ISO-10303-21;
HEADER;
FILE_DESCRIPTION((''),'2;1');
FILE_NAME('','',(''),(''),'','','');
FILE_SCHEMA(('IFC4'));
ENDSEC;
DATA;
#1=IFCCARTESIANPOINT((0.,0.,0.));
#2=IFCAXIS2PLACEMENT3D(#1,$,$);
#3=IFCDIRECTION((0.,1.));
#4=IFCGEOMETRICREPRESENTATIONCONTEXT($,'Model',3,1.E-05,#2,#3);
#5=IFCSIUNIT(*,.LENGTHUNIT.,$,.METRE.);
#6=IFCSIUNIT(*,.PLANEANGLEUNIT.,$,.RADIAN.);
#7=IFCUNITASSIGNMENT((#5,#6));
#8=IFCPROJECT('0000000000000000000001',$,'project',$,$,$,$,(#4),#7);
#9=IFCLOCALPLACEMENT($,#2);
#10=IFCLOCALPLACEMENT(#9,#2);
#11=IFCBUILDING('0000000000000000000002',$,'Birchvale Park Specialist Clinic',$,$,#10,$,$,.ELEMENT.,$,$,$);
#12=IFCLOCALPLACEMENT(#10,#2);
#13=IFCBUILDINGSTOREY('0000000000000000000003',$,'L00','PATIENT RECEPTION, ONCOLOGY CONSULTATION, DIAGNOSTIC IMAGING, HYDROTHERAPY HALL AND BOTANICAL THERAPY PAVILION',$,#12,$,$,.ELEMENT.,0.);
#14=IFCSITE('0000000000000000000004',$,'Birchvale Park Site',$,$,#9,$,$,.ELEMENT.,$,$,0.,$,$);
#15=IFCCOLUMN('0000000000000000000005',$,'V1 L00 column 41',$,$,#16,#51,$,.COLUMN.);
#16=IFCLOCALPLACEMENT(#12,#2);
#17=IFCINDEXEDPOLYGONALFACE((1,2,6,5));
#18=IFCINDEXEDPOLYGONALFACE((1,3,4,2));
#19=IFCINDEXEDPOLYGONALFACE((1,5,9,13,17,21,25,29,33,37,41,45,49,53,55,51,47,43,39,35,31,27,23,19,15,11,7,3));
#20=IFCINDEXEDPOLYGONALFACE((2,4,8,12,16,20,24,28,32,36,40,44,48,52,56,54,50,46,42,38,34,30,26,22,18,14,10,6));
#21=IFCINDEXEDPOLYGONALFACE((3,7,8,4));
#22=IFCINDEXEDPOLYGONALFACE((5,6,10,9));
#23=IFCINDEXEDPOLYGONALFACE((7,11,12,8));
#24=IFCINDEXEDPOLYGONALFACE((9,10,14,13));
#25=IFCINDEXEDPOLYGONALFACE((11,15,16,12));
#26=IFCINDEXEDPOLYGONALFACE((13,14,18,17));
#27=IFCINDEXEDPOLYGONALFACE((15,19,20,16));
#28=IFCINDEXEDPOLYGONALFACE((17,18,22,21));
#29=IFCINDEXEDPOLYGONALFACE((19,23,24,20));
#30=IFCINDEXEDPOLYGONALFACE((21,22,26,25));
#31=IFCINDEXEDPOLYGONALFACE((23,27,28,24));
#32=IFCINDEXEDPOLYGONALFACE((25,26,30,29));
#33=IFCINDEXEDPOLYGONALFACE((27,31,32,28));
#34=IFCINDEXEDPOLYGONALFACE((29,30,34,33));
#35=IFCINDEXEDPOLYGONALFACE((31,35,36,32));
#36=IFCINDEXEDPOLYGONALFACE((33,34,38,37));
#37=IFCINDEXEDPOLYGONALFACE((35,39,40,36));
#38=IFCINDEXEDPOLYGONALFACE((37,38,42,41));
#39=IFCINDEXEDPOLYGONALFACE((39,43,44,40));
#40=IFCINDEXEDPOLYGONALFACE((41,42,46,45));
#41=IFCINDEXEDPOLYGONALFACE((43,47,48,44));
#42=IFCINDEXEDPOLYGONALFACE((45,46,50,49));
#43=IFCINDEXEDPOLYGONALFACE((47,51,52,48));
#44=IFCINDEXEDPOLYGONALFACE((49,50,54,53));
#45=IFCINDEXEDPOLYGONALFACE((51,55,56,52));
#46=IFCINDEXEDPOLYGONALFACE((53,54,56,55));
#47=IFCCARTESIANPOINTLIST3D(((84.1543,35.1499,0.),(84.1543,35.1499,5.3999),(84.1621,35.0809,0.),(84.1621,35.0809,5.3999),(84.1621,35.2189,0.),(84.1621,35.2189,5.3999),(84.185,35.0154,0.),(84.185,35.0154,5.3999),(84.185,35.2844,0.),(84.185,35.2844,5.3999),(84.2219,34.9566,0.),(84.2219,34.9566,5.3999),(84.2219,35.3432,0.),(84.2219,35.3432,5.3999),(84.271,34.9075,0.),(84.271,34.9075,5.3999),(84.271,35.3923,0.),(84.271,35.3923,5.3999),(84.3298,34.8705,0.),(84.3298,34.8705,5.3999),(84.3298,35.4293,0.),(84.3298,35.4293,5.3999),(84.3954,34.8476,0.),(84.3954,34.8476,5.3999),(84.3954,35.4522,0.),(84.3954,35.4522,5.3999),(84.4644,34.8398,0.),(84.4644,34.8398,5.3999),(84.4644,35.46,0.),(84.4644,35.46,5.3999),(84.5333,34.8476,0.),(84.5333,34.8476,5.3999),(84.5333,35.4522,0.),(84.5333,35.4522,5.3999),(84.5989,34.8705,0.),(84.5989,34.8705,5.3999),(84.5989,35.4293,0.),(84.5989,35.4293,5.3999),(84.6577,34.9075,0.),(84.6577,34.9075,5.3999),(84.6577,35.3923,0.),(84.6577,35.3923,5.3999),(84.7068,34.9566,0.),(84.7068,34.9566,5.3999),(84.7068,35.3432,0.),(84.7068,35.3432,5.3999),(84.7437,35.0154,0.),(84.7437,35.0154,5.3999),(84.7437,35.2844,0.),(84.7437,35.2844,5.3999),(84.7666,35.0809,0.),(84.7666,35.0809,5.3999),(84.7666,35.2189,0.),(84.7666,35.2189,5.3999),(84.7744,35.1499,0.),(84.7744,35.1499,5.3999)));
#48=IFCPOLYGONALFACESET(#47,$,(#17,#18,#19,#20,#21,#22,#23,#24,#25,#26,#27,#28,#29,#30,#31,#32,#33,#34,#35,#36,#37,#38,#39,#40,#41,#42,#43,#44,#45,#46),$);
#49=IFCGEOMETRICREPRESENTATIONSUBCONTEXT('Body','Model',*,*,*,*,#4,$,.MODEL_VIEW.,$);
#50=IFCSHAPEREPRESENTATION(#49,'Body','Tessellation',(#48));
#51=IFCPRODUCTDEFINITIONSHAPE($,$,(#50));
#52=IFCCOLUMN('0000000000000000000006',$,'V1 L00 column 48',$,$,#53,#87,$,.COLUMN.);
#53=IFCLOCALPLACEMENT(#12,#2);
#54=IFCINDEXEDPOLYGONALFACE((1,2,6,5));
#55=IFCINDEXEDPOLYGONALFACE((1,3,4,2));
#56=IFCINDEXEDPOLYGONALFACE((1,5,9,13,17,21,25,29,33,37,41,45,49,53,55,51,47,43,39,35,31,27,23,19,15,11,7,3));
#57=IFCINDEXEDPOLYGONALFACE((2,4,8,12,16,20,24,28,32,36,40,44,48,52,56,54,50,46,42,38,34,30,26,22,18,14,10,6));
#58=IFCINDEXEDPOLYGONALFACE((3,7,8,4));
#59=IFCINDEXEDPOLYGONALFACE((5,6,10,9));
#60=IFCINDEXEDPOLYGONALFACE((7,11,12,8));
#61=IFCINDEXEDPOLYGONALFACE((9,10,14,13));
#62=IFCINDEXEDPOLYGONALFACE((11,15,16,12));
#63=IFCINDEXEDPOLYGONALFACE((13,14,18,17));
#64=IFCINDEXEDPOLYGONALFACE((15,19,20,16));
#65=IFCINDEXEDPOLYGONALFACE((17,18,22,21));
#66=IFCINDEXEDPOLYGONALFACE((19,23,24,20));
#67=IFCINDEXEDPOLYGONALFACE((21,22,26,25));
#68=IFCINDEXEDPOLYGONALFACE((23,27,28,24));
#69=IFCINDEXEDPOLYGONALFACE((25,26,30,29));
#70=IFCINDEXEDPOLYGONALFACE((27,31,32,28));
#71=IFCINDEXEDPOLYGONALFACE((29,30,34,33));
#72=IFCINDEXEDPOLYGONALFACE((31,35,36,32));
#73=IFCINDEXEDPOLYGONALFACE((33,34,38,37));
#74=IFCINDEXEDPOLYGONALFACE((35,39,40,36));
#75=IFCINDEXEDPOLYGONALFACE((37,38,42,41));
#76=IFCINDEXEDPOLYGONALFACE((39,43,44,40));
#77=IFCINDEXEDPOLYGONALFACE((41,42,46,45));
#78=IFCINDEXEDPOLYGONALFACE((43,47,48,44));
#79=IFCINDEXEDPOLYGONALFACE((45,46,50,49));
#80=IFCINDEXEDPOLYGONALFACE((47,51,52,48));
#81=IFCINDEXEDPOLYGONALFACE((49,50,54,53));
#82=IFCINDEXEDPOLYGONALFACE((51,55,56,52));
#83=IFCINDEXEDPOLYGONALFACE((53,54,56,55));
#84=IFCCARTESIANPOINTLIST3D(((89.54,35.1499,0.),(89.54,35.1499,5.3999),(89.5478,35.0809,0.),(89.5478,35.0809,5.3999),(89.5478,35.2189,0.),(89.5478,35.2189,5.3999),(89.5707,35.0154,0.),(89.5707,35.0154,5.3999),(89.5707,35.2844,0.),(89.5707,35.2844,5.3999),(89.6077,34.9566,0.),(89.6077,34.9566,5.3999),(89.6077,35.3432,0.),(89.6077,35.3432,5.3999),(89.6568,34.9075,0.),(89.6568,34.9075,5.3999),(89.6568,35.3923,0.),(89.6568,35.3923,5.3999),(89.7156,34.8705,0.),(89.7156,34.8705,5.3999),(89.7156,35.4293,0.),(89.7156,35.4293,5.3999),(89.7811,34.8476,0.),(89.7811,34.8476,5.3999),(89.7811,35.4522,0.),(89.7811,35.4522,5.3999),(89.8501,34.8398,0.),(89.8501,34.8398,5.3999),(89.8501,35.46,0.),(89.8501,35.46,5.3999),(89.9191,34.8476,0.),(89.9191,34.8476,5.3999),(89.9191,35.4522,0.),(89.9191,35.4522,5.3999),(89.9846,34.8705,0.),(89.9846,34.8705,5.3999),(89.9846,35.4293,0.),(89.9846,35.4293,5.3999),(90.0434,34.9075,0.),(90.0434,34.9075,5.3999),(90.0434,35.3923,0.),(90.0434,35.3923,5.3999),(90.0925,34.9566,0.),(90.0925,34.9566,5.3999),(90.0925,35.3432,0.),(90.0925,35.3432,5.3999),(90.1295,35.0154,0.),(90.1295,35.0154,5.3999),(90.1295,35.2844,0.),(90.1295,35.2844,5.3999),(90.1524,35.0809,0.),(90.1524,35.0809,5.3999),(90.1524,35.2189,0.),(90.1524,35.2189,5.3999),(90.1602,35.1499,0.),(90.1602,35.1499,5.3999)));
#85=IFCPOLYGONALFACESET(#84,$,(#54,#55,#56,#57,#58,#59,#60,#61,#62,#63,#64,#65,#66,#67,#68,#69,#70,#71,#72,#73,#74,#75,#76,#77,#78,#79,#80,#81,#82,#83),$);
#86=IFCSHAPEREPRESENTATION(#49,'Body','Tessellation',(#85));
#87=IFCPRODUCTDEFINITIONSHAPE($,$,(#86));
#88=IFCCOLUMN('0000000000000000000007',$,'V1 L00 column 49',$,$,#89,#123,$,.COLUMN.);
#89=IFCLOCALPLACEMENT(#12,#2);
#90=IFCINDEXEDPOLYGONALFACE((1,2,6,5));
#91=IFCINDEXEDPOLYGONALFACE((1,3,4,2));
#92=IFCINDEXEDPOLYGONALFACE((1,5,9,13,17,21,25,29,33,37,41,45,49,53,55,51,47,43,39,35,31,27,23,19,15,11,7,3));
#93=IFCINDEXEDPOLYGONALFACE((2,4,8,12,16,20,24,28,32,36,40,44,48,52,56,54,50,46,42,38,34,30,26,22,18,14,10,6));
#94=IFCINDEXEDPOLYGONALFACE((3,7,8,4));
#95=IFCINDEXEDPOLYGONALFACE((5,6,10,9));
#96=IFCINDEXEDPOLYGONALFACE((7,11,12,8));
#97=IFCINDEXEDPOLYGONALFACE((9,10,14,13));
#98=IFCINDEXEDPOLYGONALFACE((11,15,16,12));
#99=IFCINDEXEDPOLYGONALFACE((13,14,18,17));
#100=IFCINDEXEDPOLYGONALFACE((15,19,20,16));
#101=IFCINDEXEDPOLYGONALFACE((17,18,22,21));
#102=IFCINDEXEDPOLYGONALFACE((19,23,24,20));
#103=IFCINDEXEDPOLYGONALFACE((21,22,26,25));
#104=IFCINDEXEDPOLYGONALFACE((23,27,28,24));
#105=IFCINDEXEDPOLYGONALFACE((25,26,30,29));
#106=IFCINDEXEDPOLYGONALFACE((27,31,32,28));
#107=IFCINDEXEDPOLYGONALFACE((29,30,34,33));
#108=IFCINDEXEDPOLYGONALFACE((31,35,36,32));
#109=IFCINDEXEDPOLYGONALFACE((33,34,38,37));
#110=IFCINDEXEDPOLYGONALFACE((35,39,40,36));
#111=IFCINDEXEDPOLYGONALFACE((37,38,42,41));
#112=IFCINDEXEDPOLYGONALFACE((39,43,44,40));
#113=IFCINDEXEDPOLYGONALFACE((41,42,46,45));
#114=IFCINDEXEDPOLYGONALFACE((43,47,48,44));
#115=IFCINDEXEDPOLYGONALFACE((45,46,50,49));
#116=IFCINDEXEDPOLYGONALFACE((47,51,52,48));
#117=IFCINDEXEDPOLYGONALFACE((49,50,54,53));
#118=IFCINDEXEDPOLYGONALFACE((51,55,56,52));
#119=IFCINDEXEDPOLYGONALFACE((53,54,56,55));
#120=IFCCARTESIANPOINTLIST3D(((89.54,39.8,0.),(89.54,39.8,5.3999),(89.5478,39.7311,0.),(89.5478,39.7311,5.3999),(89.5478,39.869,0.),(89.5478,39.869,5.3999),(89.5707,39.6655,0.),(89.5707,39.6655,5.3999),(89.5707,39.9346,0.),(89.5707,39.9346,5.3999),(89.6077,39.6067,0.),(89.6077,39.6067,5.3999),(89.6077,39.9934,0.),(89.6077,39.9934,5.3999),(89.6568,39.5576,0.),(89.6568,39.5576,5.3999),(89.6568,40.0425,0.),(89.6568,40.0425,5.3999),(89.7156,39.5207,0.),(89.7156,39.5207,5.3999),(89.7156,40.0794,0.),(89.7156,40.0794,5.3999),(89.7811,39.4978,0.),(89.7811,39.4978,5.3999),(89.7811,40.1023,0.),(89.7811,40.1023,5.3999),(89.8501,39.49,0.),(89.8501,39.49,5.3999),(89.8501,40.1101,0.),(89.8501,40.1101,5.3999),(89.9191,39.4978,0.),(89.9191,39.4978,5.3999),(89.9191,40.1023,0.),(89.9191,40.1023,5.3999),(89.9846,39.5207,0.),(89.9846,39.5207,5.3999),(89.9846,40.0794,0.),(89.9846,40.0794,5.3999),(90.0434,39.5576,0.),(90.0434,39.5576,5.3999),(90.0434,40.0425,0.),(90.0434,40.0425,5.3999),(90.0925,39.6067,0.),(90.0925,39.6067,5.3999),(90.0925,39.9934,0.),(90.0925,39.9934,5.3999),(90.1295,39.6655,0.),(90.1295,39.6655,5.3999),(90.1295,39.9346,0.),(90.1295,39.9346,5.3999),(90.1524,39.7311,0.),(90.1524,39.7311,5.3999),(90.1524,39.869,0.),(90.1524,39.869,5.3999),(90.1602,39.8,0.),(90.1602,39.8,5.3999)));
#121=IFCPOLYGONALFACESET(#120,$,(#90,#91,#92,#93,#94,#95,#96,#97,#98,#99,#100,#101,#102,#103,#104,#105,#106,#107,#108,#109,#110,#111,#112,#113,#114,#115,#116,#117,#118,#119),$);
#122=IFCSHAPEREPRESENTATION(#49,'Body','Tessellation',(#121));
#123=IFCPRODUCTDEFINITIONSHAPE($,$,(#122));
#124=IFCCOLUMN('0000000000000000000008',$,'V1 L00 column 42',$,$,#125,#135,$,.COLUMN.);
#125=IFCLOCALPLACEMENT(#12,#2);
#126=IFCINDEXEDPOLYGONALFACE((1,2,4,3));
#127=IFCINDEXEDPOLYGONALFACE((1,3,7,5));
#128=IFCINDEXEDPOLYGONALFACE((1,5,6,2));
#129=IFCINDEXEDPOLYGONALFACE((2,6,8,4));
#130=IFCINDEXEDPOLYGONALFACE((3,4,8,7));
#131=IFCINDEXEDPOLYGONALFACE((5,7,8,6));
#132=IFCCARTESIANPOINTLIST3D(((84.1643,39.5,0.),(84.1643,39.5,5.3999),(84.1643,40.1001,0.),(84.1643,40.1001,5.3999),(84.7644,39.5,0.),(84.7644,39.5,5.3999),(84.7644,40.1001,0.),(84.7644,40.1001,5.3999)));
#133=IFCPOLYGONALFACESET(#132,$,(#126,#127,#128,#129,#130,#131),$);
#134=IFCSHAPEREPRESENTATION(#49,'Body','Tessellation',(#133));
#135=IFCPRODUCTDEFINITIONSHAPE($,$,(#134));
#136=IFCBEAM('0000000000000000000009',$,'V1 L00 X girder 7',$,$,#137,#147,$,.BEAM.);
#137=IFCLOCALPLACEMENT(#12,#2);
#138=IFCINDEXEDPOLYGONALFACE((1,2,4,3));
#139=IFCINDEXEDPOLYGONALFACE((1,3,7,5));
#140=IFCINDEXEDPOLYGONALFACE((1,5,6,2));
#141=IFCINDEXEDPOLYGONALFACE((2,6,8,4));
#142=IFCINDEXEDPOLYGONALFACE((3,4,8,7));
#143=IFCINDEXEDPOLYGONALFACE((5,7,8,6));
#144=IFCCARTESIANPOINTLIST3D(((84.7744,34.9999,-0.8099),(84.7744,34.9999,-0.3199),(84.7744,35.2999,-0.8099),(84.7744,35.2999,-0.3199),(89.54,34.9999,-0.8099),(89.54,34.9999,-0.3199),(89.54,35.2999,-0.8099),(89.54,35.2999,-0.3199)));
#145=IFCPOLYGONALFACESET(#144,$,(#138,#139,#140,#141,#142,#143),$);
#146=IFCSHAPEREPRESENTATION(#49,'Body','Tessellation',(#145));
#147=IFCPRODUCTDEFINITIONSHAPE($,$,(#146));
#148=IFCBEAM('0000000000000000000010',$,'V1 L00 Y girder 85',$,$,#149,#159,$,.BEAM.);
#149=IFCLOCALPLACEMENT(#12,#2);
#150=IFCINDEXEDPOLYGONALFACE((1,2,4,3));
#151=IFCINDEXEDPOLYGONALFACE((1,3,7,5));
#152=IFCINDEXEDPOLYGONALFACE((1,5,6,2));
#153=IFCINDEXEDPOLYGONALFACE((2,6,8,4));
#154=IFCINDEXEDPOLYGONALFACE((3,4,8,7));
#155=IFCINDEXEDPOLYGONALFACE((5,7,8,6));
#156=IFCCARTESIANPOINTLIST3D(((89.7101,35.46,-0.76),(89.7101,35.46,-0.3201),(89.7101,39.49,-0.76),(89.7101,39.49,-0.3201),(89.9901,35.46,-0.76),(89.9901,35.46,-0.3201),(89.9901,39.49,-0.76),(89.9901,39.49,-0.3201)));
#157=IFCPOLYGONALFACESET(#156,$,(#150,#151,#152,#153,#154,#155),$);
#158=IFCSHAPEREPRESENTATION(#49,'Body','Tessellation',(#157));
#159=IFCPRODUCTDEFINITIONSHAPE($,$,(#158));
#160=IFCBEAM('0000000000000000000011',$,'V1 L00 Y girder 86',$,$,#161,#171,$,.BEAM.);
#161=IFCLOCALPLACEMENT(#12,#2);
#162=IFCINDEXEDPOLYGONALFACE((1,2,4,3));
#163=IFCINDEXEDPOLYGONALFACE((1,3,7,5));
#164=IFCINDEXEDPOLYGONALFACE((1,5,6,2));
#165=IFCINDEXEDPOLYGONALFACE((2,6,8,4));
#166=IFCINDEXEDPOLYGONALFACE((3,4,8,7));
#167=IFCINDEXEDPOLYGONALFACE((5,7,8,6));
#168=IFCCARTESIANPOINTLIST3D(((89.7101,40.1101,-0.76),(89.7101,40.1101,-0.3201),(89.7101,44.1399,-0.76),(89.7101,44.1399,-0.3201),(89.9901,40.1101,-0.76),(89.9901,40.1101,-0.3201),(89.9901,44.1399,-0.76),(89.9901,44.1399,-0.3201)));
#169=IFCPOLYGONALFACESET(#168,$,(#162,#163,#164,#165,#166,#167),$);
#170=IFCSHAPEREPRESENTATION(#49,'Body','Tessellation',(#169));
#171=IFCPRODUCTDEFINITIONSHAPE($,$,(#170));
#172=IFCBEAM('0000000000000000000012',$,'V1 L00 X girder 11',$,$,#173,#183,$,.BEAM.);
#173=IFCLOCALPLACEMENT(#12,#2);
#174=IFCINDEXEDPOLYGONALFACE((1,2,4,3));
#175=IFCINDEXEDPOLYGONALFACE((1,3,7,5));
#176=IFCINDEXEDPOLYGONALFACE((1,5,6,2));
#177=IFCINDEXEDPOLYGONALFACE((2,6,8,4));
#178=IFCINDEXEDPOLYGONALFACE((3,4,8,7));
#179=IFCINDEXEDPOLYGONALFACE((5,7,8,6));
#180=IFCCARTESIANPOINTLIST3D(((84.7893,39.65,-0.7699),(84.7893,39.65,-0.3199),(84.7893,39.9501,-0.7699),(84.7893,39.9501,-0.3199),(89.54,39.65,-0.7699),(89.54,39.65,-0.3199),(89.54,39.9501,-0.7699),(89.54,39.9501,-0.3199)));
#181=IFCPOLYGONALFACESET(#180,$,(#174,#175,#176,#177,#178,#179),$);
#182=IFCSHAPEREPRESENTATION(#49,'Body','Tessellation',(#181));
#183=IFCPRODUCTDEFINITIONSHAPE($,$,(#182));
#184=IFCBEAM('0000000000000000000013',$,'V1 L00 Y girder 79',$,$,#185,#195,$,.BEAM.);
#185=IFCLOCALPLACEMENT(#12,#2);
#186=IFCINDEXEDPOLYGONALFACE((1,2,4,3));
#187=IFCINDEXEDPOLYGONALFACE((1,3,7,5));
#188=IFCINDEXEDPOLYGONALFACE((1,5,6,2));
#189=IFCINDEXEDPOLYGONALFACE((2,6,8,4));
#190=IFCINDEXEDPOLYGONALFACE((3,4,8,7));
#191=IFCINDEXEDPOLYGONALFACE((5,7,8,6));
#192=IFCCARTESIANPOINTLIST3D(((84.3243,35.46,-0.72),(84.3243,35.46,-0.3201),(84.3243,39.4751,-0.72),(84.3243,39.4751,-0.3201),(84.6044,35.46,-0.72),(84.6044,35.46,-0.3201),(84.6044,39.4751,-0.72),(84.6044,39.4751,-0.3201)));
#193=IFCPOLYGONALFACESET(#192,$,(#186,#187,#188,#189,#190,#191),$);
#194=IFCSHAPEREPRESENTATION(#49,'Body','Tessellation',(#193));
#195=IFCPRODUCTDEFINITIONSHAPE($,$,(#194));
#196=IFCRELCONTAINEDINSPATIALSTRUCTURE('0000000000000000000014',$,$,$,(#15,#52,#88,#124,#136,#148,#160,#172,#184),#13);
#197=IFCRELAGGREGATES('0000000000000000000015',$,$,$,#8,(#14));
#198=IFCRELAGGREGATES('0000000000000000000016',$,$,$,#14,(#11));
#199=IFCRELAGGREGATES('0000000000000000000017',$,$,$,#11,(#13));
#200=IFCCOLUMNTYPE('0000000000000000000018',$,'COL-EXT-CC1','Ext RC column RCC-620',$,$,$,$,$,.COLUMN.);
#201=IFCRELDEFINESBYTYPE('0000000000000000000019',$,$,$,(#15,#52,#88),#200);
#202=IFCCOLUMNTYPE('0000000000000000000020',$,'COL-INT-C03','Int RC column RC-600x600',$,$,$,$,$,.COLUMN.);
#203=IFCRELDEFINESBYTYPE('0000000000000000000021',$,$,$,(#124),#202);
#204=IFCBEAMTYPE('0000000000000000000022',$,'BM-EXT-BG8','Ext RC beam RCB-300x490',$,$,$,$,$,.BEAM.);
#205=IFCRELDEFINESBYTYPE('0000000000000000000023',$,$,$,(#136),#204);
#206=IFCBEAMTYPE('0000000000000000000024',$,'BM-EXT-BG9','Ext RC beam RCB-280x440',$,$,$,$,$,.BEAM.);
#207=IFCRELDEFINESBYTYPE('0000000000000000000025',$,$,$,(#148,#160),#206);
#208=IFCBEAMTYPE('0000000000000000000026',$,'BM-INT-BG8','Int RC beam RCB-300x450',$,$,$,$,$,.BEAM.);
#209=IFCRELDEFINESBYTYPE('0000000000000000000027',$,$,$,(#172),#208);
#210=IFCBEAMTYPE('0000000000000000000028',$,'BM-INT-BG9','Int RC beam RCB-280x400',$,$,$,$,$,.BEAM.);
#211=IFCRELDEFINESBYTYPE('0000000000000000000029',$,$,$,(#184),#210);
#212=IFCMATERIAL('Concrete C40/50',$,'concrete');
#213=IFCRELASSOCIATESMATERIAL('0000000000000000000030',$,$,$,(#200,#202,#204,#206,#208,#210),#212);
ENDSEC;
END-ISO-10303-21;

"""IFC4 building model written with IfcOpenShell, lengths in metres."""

from ifc_helpers import new_model, si_unit, direction, frame, origin, origin_2d, place, context, subcontext, project, spatial, rectangle, circle, extrude, material, material_profile, profile_set, type_object, element, save


model = new_model("IFC4")

# Units and contexts
model_context = context("Model", 3, precision=1e-05, world=origin(), true_north=direction((0.0, 1.0)))
body_context = subcontext(model_context, "Body", "Model", "MODEL_VIEW")
ifc_project = project(units=[si_unit("LENGTHUNIT", "METRE"), si_unit("PLANEANGLEUNIT", "RADIAN")], contexts=[model_context])

# Site, building, storey
site_placement = place(None, origin())
site = spatial("IfcSite", under=ifc_project, at=site_placement, Name="Birchvale Park Site", CompositionType="ELEMENT", RefElevation=0.0)
building_placement = place(site_placement, origin())
building = spatial("IfcBuilding", under=site, at=building_placement, Name="Birchvale Park Specialist Clinic", CompositionType="ELEMENT")
storey_placement = place(building_placement, origin())
storey = spatial("IfcBuildingStorey", under=building, at=storey_placement, Name="L00", Description="PATIENT RECEPTION, ONCOLOGY CONSULTATION, DIAGNOSTIC IMAGING, HYDROTHERAPY HALL AND BOTANICAL THERAPY PAVILION", CompositionType="ELEMENT", Elevation=0.0)

# Columns
ifc_material_1 = material(Name="Concrete C40/50", Category="concrete")
ifc_material_profile_1 = material_profile(ifc_material_1, circle(Radius=0.3101, at=origin_2d()), Name="RCC-620")
ifc_profile_set_1 = profile_set([ifc_material_profile_1], Name="Concrete C40/50")
column_type_1 = type_object("IfcColumnType", Name="COL-EXT-CC1", Description="Ext RC column RCC-620", PredefinedType="COLUMN", material=ifc_profile_set_1)
for number, where, z_axis, x_axis, name in (
    (1, (84.4644, 35.1499, 0.0), (0.0, 0.0, 1.0), (1.0, 0.0, 0.0), "V1 L00 column 41"),
    (2, (89.8501, 35.1499, 0.0), (0.0, 0.0, 1.0), (1.0, 0.0, 0.0), "V1 L00 column 48"),
    (3, (89.8501, 39.8, 0.0), (0.0, 0.0, 1.0), (1.0, 0.0, 0.0), "V1 L00 column 49"),
):
    element("IfcColumn", number, at=place(storey_placement, frame(where, z_axis=z_axis, x_axis=x_axis)), inside=storey, type_object=column_type_1, Name=name, PredefinedType="COLUMN", context=body_context, shape_type="SweptSolid", body=[
        extrude(circle(Radius=0.3101, at=origin_2d()), origin(), (0.0, 0.0, 1.0), 5.3999),
    ])
ifc_material_profile_2 = material_profile(ifc_material_1, rectangle(XDim=0.6001, YDim=0.6001, at=origin_2d()), Name="RC-600x600")
ifc_profile_set_2 = profile_set([ifc_material_profile_2], Name="Concrete C40/50")
column_type_2 = type_object("IfcColumnType", Name="COL-INT-C03", Description="Int RC column RC-600x600", PredefinedType="COLUMN", material=ifc_profile_set_2)
column_placement = place(storey_placement, frame((84.4644, 39.8, 0.0), z_axis=(0.0, 0.0, 1.0), x_axis=(1.0, 0.0, 0.0)))
element("IfcColumn", 4, at=column_placement, inside=storey, type_object=column_type_2, Name="V1 L00 column 42", PredefinedType="COLUMN", context=body_context, shape_type="SweptSolid", body=[
    extrude(rectangle(XDim=0.6001, YDim=0.6001, at=origin_2d()), origin(), (0.0, 0.0, 1.0), 5.3999),
])

# Beams
ifc_material_profile_3 = material_profile(ifc_material_1, rectangle(XDim=0.3, YDim=0.49, at=origin_2d()), Name="RCB-300x490")
ifc_profile_set_3 = profile_set([ifc_material_profile_3], Name="Concrete C40/50")
beam_type_1 = type_object("IfcBeamType", Name="BM-EXT-BG8", Description="Ext RC beam RCB-300x490", PredefinedType="BEAM", material=ifc_profile_set_3)
beam_1_placement = place(storey_placement, frame((84.7744, 35.1499, -0.5649), z_axis=(1.0, 0.0, 0.0), x_axis=(0.0, 1.0, 0.0)))
element("IfcBeam", 5, at=beam_1_placement, inside=storey, type_object=beam_type_1, Name="V1 L00 X girder 7", PredefinedType="BEAM", context=body_context, shape_type="SweptSolid", body=[
    extrude(rectangle(XDim=0.3, YDim=0.49, at=origin_2d()), origin(), (0.0, 0.0, 1.0), 4.7656),
])
ifc_material_profile_4 = material_profile(ifc_material_1, rectangle(XDim=0.28, YDim=0.4399, at=origin_2d()), Name="RCB-280x440")
ifc_profile_set_4 = profile_set([ifc_material_profile_4], Name="Concrete C40/50")
beam_type_2 = type_object("IfcBeamType", Name="BM-EXT-BG9", Description="Ext RC beam RCB-280x440", PredefinedType="BEAM", material=ifc_profile_set_4)
beam_2_placement = place(storey_placement, frame((89.8501, 35.46, -0.54), z_axis=(0.0, 1.0, 0.0), x_axis=(-1.0, 0.0, 0.0)))
element("IfcBeam", 6, at=beam_2_placement, inside=storey, type_object=beam_type_2, Name="V1 L00 Y girder 85", PredefinedType="BEAM", context=body_context, shape_type="SweptSolid", body=[
    extrude(rectangle(XDim=0.28, YDim=0.4399, at=origin_2d()), origin(), (0.0, 0.0, 1.0), 4.03),
])
beam_3_placement = place(storey_placement, frame((89.8501, 40.1101, -0.54), z_axis=(0.0, 1.0, 0.0), x_axis=(-1.0, 0.0, 0.0)))
element("IfcBeam", 7, at=beam_3_placement, inside=storey, type_object=beam_type_2, Name="V1 L00 Y girder 86", PredefinedType="BEAM", context=body_context, shape_type="SweptSolid", body=[
    extrude(rectangle(XDim=0.28, YDim=0.4399, at=origin_2d()), origin(), (0.0, 0.0, 1.0), 4.0298),
])
ifc_material_profile_5 = material_profile(ifc_material_1, rectangle(XDim=0.3, YDim=0.45, at=origin_2d()), Name="RCB-300x450")
ifc_profile_set_5 = profile_set([ifc_material_profile_5], Name="Concrete C40/50")
beam_type_3 = type_object("IfcBeamType", Name="BM-INT-BG8", Description="Int RC beam RCB-300x450", PredefinedType="BEAM", material=ifc_profile_set_5)
beam_4_placement = place(storey_placement, frame((84.7893, 39.8, -0.5449), z_axis=(1.0, 0.0, 0.0), x_axis=(0.0, 1.0, 0.0)))
element("IfcBeam", 8, at=beam_4_placement, inside=storey, type_object=beam_type_3, Name="V1 L00 X girder 11", PredefinedType="BEAM", context=body_context, shape_type="SweptSolid", body=[
    extrude(rectangle(XDim=0.3, YDim=0.45, at=origin_2d()), origin(), (0.0, 0.0, 1.0), 4.7507),
])
ifc_material_profile_6 = material_profile(ifc_material_1, rectangle(XDim=0.28, YDim=0.3999, at=origin_2d()), Name="RCB-280x400")
ifc_profile_set_6 = profile_set([ifc_material_profile_6], Name="Concrete C40/50")
beam_type_4 = type_object("IfcBeamType", Name="BM-INT-BG9", Description="Int RC beam RCB-280x400", PredefinedType="BEAM", material=ifc_profile_set_6)
beam_5_placement = place(storey_placement, frame((84.4644, 35.46, -0.52), z_axis=(0.0, 1.0, 0.0), x_axis=(-1.0, 0.0, 0.0)))
element("IfcBeam", 9, at=beam_5_placement, inside=storey, type_object=beam_type_4, Name="V1 L00 Y girder 79", PredefinedType="BEAM", context=body_context, shape_type="SweptSolid", body=[
    extrude(rectangle(XDim=0.28, YDim=0.3999, at=origin_2d()), origin(), (0.0, 0.0, 1.0), 4.0151),
])

save(model, "model.ifc")
